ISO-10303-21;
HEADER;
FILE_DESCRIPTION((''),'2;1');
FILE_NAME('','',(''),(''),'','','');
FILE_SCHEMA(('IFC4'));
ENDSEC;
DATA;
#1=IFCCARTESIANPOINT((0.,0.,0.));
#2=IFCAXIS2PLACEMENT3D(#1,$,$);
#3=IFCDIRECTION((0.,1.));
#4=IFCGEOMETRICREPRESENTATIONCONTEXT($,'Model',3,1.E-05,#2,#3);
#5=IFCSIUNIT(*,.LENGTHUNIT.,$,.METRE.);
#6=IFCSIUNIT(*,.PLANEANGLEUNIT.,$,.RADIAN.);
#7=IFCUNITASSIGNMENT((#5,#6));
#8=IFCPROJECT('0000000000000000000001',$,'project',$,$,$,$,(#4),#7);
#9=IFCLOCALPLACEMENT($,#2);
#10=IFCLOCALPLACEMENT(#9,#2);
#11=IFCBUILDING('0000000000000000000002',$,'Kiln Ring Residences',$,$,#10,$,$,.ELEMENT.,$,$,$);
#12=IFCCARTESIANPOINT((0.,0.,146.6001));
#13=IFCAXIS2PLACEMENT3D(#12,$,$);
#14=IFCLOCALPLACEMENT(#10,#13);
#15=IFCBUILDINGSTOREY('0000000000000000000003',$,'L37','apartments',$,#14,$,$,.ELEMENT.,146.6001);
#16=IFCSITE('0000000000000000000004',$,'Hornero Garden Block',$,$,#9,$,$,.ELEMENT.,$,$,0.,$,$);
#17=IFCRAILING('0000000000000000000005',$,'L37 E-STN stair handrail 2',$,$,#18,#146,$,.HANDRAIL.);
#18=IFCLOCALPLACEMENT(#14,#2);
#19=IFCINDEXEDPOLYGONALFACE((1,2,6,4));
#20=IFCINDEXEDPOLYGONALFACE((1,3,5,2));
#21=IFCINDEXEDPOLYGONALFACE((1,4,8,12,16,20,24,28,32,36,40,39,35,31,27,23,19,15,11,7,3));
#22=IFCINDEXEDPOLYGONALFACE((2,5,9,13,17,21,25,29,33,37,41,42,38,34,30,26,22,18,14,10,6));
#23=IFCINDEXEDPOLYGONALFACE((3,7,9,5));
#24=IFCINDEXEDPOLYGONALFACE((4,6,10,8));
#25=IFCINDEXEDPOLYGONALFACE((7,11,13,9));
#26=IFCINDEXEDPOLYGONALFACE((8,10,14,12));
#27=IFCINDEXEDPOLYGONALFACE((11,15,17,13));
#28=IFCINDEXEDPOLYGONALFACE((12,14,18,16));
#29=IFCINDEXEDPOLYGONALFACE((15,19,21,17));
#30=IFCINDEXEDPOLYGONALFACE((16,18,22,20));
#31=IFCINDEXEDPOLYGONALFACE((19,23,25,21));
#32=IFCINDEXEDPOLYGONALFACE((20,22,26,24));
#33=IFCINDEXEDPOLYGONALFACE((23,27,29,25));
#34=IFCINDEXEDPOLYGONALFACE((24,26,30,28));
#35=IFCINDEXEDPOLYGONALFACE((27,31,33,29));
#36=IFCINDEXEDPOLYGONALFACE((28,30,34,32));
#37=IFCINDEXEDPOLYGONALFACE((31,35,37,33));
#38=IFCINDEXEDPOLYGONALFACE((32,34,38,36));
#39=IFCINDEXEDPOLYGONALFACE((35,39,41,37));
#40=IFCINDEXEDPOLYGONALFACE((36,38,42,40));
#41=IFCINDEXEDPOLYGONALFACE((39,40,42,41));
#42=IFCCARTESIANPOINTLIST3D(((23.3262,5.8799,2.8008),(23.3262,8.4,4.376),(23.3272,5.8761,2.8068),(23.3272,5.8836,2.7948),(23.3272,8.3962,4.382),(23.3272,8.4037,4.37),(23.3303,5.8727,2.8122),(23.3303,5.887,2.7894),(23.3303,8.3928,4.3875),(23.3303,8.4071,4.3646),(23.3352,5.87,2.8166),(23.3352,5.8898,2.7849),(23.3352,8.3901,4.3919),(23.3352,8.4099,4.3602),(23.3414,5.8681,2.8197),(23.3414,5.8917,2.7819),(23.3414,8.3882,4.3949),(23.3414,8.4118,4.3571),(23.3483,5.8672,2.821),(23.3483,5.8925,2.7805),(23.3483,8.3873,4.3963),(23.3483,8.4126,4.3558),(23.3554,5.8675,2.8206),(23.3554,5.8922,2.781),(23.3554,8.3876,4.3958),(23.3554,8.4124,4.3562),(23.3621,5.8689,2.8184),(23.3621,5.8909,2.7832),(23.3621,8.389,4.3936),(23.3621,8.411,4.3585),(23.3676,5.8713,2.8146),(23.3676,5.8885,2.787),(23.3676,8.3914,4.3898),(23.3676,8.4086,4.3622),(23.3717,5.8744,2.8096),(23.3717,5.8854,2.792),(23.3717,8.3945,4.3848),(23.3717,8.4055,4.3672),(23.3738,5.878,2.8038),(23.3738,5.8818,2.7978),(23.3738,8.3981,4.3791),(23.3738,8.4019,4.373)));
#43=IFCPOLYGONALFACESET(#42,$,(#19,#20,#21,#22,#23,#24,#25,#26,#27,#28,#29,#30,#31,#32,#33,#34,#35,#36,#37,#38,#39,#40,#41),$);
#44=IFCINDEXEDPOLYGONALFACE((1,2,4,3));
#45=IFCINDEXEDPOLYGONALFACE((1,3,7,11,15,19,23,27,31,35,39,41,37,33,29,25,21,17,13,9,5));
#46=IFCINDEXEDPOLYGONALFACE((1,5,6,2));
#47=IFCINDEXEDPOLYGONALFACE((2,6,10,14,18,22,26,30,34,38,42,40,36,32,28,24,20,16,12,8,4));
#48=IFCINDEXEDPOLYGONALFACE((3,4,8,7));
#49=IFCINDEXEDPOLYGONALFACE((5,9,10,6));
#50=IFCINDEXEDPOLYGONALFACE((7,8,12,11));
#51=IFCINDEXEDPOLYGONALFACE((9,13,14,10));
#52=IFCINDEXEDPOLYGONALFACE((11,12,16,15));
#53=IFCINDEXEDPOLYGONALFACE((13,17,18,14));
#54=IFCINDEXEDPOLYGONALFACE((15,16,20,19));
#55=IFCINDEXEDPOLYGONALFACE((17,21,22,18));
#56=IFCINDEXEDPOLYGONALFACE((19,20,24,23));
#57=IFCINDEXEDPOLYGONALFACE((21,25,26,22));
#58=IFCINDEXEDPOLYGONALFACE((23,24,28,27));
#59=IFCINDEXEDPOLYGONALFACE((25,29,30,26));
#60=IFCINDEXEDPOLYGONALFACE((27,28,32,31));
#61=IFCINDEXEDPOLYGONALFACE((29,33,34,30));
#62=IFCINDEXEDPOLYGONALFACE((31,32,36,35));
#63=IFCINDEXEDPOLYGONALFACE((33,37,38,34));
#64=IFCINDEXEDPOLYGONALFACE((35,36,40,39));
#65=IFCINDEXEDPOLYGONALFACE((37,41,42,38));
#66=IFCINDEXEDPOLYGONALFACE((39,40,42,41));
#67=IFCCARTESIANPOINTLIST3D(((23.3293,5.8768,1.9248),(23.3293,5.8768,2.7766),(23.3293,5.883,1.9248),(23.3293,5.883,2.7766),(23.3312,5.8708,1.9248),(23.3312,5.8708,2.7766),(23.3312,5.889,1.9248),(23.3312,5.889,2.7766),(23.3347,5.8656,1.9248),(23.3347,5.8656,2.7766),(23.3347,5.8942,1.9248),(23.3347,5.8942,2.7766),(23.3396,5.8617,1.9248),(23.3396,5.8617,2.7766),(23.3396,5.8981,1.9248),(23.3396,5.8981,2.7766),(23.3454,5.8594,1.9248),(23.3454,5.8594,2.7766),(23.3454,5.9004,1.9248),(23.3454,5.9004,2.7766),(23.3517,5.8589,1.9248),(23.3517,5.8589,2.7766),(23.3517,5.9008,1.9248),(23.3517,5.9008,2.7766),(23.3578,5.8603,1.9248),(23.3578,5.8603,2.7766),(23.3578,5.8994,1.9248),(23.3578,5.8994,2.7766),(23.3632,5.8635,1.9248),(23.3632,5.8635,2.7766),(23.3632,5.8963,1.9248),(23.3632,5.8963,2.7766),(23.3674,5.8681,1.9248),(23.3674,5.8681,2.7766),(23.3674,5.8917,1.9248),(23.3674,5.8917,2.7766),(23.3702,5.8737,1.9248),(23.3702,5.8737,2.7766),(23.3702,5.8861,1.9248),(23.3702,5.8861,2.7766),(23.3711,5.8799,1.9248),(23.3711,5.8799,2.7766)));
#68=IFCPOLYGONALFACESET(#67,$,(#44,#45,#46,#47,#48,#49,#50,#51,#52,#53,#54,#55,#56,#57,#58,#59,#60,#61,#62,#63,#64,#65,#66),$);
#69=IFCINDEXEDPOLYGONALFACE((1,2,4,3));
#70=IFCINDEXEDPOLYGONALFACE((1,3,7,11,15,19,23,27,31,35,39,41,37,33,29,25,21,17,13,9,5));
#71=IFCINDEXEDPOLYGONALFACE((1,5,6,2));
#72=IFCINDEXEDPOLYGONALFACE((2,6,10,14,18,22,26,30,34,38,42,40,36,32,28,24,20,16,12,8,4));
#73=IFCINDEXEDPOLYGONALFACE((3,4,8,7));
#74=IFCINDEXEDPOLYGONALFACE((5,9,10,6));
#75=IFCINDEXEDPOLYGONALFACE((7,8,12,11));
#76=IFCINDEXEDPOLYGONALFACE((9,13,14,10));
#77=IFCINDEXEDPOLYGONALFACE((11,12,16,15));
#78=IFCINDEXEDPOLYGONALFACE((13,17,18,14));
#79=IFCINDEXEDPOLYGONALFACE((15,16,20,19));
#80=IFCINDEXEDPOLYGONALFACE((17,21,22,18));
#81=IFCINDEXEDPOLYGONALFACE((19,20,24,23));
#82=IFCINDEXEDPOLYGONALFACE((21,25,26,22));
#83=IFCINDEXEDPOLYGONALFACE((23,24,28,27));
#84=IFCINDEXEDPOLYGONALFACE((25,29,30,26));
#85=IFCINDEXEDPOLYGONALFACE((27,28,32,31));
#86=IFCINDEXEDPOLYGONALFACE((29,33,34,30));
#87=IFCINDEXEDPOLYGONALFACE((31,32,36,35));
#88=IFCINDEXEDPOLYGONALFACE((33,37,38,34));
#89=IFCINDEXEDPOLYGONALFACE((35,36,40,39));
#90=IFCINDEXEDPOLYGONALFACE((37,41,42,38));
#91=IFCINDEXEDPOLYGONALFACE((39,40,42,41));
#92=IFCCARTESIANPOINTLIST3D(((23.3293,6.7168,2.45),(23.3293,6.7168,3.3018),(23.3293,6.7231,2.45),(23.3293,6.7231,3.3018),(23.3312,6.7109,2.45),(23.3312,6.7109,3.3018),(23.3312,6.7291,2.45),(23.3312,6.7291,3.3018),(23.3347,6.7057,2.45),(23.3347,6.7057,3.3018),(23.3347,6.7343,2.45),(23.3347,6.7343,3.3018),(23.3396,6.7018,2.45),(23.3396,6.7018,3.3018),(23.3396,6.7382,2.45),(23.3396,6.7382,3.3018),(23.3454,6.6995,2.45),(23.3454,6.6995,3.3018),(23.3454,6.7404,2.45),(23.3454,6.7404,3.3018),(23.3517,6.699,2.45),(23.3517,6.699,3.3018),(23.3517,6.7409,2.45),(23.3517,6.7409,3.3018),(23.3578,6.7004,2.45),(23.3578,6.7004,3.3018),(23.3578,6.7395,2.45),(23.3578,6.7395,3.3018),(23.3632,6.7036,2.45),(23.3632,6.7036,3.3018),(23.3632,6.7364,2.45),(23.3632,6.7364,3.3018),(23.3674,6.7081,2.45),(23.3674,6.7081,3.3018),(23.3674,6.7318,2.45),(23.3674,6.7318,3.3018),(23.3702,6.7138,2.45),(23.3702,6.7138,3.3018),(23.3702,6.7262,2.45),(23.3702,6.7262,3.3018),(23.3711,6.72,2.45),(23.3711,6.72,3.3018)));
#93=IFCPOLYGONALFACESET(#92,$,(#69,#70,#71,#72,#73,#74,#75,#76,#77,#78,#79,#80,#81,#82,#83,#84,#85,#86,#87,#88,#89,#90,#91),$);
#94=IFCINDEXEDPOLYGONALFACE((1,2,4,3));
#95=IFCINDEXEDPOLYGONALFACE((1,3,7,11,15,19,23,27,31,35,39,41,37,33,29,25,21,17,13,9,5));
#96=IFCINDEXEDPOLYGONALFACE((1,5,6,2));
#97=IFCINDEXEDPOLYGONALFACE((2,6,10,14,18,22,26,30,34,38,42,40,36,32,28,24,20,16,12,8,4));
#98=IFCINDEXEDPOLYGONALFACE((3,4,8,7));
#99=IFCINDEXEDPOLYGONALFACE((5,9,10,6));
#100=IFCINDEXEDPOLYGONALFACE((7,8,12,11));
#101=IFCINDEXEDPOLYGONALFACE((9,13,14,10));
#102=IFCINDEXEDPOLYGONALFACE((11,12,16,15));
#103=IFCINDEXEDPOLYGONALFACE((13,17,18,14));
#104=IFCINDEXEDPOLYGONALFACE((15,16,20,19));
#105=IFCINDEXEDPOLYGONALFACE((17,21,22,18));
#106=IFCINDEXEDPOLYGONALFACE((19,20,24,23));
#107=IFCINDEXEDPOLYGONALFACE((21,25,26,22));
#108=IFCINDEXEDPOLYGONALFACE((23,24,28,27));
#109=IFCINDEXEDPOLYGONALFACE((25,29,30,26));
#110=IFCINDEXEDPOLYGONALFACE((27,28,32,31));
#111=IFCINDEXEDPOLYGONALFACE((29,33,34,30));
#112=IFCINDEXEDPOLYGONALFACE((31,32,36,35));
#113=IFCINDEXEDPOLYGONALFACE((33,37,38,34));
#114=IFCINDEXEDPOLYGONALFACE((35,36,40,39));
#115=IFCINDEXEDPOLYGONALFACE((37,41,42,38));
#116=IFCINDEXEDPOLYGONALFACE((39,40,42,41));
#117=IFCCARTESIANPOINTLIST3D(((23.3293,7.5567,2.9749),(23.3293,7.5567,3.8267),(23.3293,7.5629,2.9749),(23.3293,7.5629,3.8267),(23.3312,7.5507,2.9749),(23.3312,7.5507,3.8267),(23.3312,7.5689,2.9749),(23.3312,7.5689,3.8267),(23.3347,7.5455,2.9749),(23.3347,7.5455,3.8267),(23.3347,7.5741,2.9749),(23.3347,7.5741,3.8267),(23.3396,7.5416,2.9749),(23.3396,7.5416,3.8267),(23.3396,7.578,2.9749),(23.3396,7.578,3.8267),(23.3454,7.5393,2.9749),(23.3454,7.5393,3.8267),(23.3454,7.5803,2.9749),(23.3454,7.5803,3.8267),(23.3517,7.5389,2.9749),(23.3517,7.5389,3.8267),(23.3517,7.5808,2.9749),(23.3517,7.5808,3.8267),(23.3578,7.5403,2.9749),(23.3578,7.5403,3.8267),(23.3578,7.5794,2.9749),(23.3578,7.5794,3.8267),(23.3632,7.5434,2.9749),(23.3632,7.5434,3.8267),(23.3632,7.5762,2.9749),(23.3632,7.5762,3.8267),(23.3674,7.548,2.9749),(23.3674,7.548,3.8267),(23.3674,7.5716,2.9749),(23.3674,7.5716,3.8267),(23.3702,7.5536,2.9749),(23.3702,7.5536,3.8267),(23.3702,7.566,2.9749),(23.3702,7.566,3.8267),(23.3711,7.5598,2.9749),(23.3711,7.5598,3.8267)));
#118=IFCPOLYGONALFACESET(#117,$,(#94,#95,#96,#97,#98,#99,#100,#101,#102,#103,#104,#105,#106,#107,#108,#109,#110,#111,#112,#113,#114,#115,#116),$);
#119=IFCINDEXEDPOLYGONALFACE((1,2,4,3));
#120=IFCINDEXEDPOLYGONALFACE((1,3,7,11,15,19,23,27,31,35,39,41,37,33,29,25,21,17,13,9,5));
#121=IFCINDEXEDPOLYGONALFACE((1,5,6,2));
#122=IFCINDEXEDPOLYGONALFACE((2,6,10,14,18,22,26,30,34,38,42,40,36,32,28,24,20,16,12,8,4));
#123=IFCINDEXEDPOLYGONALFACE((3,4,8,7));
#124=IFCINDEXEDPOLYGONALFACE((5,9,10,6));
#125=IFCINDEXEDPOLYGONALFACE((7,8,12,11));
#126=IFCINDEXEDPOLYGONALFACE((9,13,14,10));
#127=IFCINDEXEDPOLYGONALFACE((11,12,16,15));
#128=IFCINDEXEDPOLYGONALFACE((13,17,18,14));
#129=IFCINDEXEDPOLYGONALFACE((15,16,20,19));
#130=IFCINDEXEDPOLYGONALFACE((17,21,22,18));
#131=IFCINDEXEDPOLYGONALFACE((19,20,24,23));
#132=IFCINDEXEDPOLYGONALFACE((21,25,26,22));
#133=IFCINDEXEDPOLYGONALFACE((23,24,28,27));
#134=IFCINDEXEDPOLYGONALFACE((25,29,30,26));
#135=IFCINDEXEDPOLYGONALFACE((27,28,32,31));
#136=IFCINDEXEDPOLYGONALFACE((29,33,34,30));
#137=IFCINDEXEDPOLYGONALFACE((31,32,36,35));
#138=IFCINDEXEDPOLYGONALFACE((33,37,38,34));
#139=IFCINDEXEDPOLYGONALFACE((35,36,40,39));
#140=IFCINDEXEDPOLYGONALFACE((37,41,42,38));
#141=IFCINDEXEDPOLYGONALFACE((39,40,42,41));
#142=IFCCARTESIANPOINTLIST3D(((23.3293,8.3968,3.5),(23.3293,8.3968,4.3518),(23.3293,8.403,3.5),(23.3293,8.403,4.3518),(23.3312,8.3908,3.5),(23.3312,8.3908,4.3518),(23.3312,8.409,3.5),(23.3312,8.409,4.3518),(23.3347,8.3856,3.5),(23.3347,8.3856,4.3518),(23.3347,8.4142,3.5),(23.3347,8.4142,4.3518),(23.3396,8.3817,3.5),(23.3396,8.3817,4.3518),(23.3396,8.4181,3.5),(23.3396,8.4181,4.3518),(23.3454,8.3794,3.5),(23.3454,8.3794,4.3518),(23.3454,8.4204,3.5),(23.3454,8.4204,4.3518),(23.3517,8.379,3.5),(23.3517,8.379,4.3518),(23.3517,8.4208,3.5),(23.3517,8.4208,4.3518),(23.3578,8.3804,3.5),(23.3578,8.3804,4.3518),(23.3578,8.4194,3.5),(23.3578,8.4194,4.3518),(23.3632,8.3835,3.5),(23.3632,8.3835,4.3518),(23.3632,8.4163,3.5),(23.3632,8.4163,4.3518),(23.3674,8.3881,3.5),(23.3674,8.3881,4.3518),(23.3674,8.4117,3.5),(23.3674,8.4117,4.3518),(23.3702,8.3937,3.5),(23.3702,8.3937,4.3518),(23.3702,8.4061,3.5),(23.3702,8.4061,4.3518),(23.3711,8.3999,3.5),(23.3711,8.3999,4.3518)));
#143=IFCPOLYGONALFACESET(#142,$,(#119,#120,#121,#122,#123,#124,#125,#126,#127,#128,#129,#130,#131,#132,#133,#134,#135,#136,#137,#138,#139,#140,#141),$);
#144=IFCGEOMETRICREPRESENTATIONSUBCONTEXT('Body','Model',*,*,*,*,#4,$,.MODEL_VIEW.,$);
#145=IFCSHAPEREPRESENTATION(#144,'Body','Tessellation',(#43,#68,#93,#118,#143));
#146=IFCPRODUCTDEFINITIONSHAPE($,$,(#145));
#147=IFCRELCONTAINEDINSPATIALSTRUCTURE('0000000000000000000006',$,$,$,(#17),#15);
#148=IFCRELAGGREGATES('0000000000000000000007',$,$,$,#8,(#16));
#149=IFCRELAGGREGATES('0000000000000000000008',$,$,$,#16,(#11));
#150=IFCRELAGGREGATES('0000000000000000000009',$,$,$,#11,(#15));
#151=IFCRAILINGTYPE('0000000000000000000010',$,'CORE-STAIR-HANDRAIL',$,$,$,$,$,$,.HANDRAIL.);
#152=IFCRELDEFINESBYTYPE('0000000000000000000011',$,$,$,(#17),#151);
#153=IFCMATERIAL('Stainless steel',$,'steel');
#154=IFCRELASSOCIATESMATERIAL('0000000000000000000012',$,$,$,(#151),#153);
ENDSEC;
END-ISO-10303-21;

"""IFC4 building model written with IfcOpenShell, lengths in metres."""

from ifc_helpers import new_model, si_unit, direction, frame, origin, origin_2d, place, context, subcontext, project, spatial, circle, extrude, material, type_object, element, save


model = new_model("IFC4")

# Units and contexts
model_context = context("Model", 3, precision=1e-05, world=origin(), true_north=direction((0.0, 1.0)))
body_context = subcontext(model_context, "Body", "Model", "MODEL_VIEW")
ifc_project = project(units=[si_unit("LENGTHUNIT", "METRE"), si_unit("PLANEANGLEUNIT", "RADIAN")], contexts=[model_context])

# Site, building, storey
site_placement = place(None, origin())
site = spatial("IfcSite", under=ifc_project, at=site_placement, Name="Hornero Garden Block", CompositionType="ELEMENT", RefElevation=0.0)
building_placement = place(site_placement, origin())
building = spatial("IfcBuilding", under=site, at=building_placement, Name="Kiln Ring Residences", CompositionType="ELEMENT")
storey_placement = place(building_placement, frame((0.0, 0.0, 146.6001)))
storey = spatial("IfcBuildingStorey", under=building, at=storey_placement, Name="L37", Description="apartments", CompositionType="ELEMENT", Elevation=146.6001)

# Railing
ifc_material_1 = material(Name="Stainless steel", Category="steel")
railing_type_1 = type_object("IfcRailingType", Name="CORE-STAIR-HANDRAIL", PredefinedType="HANDRAIL", material=ifc_material_1)
railing_1_placement = place(storey_placement, frame((23.3501, 5.8799, 1.9248)))
element("IfcRailing", 1, at=railing_1_placement, inside=storey, type_object=railing_type_1, Name="L37 E-STN stair handrail 2", PredefinedType="HANDRAIL", context=body_context, shape_type="SweptSolid", body=[
    extrude(circle(Radius=0.0239, at=origin_2d()), frame((0.0, 0.0, 0.876), z_axis=(0.0, 0.847971, 0.530043), x_axis=(-1.0, 0.0, 0.0)), (0.0, 0.0, 1.0), 2.9719),
    extrude(circle(Radius=0.021, at=origin_2d()), origin(), (0.0, 0.0, 1.0), 0.8518),
    extrude(circle(Radius=0.021, at=origin_2d()), frame((0.0, 0.8401, 0.5251)), (0.0, 0.0, 1.0), 0.8518),
    extrude(circle(Radius=0.021, at=origin_2d()), frame((0.0, 1.6799, 1.05)), (0.0, 0.0, 1.0), 0.8518),
    extrude(circle(Radius=0.021, at=origin_2d()), frame((0.0, 2.52, 1.5752)), (0.0, 0.0, 1.0), 0.8518),
])

save(model, "model.ifc")
